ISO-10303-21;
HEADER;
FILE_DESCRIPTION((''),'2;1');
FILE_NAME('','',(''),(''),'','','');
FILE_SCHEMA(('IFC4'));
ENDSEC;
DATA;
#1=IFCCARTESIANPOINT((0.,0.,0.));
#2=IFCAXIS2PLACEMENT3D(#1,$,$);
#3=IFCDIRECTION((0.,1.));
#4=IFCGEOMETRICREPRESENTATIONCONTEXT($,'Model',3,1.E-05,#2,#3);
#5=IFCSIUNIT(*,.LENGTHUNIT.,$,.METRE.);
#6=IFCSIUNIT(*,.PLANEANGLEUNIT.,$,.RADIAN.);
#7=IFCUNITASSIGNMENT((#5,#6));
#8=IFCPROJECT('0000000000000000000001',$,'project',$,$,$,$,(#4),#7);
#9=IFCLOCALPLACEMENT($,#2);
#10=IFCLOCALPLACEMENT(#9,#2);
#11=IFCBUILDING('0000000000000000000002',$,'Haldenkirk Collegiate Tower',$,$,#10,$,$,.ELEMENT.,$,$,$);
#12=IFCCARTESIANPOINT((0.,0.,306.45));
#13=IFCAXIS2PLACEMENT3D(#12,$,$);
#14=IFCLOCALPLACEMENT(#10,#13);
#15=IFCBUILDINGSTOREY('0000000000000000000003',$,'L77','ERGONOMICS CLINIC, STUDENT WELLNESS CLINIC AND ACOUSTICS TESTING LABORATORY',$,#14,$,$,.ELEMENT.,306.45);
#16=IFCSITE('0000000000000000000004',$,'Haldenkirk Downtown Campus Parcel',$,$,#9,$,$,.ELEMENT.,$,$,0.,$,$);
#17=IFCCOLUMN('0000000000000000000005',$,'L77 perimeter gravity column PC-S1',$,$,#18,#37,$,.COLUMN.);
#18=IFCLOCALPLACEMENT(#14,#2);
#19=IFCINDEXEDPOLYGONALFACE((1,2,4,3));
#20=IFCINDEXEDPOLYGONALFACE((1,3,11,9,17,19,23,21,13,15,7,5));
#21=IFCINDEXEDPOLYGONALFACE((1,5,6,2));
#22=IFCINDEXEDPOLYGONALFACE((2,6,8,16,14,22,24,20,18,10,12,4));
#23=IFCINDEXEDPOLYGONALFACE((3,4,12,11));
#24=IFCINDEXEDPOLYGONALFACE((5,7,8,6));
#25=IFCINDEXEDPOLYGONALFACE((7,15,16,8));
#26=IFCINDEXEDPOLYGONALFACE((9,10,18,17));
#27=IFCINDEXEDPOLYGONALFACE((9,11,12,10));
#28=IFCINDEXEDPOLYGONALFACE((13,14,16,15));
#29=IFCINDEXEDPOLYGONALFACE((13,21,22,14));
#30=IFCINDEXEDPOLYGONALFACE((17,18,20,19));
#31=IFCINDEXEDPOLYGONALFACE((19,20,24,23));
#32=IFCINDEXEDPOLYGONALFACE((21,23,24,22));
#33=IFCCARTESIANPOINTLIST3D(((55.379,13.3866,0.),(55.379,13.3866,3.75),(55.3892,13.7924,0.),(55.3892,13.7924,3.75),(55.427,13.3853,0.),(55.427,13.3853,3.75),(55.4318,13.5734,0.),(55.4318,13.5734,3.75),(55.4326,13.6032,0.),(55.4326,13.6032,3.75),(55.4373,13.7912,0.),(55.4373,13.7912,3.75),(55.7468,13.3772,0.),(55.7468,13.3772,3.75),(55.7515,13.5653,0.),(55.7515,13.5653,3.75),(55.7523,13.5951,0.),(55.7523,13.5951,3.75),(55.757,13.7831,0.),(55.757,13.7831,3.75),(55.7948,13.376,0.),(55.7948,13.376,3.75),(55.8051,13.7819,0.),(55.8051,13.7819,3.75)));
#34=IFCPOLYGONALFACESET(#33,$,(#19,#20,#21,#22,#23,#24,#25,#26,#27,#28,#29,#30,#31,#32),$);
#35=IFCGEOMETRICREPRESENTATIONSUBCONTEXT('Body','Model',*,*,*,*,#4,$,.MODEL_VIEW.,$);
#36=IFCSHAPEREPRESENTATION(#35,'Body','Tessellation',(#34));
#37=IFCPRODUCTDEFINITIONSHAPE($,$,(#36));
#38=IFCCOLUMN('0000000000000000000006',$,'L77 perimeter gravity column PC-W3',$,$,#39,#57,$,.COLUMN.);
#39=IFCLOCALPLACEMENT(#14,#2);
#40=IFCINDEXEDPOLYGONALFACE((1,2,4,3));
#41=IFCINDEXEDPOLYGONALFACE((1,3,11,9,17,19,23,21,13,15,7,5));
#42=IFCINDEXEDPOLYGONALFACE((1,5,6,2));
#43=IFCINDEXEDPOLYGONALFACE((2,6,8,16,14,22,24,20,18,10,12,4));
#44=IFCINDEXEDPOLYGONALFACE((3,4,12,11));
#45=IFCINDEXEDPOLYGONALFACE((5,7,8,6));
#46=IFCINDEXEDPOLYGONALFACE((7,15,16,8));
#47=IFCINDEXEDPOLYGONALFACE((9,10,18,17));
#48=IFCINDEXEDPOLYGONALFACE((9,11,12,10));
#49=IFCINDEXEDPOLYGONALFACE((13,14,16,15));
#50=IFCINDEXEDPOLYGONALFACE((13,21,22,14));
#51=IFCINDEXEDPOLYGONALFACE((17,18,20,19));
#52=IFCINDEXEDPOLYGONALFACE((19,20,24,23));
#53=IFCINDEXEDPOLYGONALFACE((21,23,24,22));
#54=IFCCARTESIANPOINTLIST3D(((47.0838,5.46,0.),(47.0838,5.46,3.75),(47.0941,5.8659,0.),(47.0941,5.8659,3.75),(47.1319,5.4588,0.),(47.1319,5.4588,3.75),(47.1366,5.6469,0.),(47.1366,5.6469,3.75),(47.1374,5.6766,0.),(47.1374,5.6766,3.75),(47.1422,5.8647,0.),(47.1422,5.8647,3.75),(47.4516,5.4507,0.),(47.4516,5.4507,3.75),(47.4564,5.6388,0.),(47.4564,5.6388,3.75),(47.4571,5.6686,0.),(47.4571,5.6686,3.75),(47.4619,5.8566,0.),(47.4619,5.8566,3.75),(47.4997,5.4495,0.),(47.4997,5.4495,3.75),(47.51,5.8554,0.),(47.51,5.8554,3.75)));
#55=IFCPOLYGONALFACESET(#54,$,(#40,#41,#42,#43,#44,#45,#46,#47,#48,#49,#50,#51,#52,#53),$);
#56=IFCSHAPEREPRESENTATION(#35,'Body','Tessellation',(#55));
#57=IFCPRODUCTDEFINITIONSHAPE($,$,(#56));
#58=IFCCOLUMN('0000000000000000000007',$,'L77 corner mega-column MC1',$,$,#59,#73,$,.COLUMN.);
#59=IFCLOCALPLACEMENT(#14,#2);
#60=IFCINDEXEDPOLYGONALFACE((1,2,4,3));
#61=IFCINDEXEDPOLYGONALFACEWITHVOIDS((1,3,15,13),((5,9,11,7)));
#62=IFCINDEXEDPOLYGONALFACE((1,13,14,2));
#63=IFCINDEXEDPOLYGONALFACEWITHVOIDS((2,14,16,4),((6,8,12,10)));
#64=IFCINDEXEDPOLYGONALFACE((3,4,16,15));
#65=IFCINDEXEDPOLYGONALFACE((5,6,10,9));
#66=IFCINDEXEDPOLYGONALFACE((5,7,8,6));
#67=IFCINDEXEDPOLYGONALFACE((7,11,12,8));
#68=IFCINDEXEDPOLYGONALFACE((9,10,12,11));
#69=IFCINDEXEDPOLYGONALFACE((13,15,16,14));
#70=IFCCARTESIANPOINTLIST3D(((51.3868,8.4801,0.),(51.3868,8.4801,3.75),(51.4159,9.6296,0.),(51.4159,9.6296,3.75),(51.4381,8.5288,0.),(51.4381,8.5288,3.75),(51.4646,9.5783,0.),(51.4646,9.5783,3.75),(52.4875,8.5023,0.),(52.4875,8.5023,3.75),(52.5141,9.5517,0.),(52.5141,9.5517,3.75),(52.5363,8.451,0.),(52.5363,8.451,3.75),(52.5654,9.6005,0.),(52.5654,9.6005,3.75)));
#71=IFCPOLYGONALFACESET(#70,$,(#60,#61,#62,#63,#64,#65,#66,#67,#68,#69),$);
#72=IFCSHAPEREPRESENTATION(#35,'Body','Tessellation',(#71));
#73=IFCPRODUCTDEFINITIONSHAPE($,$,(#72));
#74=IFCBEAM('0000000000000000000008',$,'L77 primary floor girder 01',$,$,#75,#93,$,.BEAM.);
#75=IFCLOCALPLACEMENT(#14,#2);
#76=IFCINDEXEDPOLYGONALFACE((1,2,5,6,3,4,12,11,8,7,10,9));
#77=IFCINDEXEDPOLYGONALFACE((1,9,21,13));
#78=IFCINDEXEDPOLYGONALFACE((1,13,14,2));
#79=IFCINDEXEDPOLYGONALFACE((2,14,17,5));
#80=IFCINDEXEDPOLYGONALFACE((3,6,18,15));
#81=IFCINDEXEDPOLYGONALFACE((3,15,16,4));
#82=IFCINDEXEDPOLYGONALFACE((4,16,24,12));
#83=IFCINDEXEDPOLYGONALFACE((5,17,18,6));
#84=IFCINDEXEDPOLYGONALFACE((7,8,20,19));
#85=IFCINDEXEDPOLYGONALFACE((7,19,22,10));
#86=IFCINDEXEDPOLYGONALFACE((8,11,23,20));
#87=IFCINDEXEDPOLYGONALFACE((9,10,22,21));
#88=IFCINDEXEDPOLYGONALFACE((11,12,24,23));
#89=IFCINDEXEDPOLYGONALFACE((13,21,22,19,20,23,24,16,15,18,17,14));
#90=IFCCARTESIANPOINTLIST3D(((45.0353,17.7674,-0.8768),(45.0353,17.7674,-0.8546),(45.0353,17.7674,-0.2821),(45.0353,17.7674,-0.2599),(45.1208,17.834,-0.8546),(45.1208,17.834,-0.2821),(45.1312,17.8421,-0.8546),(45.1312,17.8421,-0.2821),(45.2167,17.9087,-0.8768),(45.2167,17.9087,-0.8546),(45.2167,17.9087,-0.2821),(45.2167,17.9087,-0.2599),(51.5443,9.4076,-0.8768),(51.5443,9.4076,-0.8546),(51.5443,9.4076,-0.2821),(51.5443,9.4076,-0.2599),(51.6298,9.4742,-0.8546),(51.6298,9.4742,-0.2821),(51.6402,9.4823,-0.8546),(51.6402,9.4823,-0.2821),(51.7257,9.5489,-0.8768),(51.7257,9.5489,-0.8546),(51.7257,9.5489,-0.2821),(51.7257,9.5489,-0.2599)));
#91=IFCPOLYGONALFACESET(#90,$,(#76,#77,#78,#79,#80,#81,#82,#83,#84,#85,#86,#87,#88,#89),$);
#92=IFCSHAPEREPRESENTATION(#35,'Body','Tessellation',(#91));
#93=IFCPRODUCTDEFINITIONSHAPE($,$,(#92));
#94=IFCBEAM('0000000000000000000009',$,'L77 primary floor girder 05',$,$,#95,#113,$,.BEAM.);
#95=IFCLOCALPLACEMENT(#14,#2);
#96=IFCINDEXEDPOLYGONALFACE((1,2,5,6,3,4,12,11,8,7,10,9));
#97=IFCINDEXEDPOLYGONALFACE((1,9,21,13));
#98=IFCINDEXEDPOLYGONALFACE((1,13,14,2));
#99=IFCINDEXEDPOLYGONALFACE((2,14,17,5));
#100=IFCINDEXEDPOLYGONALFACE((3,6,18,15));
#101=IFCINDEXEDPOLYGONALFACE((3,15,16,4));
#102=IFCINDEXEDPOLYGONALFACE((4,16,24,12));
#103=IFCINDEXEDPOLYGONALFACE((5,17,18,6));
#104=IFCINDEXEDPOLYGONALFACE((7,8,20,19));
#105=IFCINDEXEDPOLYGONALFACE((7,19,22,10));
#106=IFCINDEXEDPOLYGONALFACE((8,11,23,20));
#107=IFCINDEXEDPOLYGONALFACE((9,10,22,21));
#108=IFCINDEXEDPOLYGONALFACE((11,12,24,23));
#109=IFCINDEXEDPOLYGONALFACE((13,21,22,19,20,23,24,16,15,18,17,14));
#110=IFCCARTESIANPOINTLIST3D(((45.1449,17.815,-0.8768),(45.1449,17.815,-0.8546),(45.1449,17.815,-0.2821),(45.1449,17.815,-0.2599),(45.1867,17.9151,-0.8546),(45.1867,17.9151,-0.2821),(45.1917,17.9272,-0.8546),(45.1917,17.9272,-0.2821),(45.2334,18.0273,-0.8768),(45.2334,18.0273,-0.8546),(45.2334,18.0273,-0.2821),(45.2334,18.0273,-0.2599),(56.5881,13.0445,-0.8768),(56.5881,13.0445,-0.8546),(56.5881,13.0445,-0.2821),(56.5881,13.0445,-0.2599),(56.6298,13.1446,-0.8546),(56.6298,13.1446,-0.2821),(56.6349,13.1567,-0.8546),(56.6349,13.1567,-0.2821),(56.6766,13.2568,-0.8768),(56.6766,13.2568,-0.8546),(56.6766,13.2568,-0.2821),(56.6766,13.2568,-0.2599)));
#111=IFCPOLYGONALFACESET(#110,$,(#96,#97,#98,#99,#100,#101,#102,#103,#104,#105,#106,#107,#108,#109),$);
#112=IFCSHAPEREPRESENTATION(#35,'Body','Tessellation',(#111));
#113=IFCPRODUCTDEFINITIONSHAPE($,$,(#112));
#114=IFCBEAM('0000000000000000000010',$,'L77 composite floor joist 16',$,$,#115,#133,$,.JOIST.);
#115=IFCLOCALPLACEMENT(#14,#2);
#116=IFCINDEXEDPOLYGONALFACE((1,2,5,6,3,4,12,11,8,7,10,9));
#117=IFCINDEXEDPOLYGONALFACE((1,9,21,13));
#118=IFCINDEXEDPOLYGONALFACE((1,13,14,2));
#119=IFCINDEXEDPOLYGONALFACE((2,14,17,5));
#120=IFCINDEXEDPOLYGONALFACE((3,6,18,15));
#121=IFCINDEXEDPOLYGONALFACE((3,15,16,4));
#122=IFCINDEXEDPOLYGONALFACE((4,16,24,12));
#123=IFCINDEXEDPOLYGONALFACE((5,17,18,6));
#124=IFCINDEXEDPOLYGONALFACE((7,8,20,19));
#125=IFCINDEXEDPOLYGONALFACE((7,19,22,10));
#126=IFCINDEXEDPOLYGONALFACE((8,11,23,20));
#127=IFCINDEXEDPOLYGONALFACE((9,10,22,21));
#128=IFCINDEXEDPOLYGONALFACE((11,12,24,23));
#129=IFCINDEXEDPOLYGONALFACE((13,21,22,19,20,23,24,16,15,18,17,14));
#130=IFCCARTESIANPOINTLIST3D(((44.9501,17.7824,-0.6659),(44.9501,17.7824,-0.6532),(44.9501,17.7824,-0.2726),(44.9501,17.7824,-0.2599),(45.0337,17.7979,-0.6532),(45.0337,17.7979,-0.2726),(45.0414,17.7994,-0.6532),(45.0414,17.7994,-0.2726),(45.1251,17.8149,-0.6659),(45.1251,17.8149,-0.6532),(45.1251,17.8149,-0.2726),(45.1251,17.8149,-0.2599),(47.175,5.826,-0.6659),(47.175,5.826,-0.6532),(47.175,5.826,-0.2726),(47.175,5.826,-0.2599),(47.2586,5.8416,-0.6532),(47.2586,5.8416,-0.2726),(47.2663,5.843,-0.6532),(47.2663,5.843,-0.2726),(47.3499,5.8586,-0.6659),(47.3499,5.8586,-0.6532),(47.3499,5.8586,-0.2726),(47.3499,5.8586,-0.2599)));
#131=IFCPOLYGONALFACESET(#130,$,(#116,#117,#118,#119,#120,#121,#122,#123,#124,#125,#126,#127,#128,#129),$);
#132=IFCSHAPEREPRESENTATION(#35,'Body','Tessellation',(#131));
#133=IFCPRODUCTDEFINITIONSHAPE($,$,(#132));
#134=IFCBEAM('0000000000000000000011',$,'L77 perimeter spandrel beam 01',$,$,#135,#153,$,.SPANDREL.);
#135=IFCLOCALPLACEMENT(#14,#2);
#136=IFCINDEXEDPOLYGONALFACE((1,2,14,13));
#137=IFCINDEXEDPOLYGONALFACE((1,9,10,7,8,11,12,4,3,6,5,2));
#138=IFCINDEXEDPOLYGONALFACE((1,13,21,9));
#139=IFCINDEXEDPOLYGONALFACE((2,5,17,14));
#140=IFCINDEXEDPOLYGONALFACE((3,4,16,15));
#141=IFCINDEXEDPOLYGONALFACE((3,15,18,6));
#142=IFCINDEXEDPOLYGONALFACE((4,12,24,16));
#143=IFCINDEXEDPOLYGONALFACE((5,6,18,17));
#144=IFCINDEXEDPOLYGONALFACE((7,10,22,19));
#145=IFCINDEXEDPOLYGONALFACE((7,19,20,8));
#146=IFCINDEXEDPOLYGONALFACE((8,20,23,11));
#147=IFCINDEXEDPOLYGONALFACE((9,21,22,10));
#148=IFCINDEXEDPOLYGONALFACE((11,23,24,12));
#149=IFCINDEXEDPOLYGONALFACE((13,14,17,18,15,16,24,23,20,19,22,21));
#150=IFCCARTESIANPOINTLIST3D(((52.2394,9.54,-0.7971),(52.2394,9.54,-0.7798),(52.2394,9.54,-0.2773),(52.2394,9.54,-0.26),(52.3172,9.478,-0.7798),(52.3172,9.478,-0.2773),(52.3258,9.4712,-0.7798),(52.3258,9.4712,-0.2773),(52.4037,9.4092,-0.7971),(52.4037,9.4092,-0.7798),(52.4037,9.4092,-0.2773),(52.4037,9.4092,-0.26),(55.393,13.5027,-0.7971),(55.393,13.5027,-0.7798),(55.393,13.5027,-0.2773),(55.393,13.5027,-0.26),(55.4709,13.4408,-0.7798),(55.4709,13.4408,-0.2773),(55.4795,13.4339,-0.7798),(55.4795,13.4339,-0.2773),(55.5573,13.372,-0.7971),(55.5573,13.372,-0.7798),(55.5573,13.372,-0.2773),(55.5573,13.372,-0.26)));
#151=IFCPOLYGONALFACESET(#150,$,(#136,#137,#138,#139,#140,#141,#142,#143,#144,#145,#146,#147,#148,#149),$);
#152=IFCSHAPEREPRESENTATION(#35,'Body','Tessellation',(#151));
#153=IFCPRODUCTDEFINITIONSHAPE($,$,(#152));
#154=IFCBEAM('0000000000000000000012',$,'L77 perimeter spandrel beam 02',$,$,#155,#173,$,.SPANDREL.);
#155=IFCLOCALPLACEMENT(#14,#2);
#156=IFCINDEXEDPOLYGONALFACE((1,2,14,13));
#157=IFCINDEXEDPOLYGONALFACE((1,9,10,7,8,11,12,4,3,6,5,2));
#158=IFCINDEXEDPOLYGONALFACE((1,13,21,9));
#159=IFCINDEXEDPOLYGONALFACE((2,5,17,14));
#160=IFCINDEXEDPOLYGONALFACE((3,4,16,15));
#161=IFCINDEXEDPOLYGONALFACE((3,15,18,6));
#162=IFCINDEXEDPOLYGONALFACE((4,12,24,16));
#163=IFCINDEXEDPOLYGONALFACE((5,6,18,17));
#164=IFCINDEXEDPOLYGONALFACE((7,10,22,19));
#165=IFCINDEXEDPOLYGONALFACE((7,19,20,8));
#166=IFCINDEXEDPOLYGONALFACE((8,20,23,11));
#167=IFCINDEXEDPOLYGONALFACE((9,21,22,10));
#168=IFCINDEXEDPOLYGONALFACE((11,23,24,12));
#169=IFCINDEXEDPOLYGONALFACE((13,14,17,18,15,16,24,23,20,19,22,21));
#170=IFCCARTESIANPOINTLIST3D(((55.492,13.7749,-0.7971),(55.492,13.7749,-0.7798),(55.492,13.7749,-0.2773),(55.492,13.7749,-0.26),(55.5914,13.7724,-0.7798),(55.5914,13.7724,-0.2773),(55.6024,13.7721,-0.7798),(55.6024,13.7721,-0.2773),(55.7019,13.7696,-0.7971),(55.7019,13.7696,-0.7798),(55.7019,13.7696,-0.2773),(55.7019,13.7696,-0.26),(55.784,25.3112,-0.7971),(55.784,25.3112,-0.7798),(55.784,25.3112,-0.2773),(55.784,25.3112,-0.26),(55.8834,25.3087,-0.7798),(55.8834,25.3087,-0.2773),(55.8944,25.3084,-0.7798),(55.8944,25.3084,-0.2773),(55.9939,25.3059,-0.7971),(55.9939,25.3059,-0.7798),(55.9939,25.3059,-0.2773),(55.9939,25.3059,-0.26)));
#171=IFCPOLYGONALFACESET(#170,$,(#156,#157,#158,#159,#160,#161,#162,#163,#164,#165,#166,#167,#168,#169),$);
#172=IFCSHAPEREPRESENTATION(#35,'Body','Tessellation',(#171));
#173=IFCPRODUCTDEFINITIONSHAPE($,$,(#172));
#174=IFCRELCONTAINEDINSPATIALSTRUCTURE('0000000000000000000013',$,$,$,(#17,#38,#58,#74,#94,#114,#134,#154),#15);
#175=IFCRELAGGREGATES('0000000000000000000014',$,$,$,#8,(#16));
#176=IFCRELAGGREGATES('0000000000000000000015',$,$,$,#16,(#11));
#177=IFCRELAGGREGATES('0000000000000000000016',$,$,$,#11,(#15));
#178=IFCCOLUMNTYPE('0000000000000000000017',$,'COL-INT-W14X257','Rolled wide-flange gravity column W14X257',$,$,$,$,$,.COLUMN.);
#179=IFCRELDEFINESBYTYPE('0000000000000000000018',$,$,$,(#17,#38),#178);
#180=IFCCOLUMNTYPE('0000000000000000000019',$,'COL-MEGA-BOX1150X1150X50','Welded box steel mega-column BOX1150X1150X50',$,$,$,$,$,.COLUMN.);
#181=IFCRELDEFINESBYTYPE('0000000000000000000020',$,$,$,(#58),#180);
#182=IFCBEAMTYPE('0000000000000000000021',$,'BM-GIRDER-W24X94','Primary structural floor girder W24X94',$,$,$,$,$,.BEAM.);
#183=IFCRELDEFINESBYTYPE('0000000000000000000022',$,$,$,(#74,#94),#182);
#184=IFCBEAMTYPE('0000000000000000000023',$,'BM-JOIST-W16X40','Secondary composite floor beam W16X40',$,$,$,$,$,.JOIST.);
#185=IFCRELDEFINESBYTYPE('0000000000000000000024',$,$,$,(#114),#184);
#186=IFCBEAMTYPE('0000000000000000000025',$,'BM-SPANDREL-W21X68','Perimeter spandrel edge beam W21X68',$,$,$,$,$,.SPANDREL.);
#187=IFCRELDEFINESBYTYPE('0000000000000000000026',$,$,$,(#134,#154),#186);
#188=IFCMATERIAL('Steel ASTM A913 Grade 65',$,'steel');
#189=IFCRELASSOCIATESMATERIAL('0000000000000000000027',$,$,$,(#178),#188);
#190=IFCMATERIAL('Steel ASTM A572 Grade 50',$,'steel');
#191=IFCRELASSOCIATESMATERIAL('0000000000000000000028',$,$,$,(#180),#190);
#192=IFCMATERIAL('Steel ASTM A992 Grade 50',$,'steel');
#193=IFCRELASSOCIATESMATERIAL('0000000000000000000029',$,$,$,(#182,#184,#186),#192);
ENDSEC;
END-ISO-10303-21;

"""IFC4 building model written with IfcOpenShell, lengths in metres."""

from ifc_helpers import new_model, si_unit, direction, frame, origin, origin_2d, place, context, subcontext, project, spatial, hollow_rectangle, i_section, extrude, material, material_profile, profile_set, type_object, element, save


model = new_model("IFC4")

# Units and contexts
model_context = context("Model", 3, precision=1e-05, world=origin(), true_north=direction((0.0, 1.0)))
body_context = subcontext(model_context, "Body", "Model", "MODEL_VIEW")
ifc_project = project(units=[si_unit("LENGTHUNIT", "METRE"), si_unit("PLANEANGLEUNIT", "RADIAN")], contexts=[model_context])

# Site, building, storey
site_placement = place(None, origin())
site = spatial("IfcSite", under=ifc_project, at=site_placement, Name="Haldenkirk Downtown Campus Parcel", CompositionType="ELEMENT", RefElevation=0.0)
building_placement = place(site_placement, origin())
building = spatial("IfcBuilding", under=site, at=building_placement, Name="Haldenkirk Collegiate Tower", CompositionType="ELEMENT")
storey_placement = place(building_placement, frame((0.0, 0.0, 306.45)))
storey = spatial("IfcBuildingStorey", under=building, at=storey_placement, Name="L77", Description="ERGONOMICS CLINIC, STUDENT WELLNESS CLINIC AND ACOUSTICS TESTING LABORATORY", CompositionType="ELEMENT", Elevation=306.45)

# Columns
ifc_material_1 = material(Name="Steel ASTM A913 Grade 65", Category="steel")
ifc_material_profile_1 = material_profile(ifc_material_1, i_section(OverallWidth=0.406, OverallDepth=0.416, WebThickness=0.0298, FlangeThickness=0.0481, at=origin_2d()), Name="W14X257")
ifc_profile_set_1 = profile_set([ifc_material_profile_1], Name="Steel ASTM A913 Grade 65")
column_type_1 = type_object("IfcColumnType", Name="COL-INT-W14X257", Description="Rolled wide-flange gravity column W14X257", PredefinedType="COLUMN", material=ifc_profile_set_1)
for number, where, z_axis, x_axis, name in (
    (1, (55.592, 13.5842, 0.0), (0.0, 0.0, 1.0), (0.025305, 0.99968, 0.0), "L77 perimeter gravity column PC-S1"),
    (2, (47.2969, 5.6577, 0.0), (0.0, 0.0, 1.0), (0.025305, 0.99968, 0.0), "L77 perimeter gravity column PC-W3"),
):
    element("IfcColumn", number, at=place(storey_placement, frame(where, z_axis=z_axis, x_axis=x_axis)), inside=storey, type_object=column_type_1, Name=name, PredefinedType="COLUMN", context=body_context, shape_type="SweptSolid", body=[
        extrude(i_section(OverallWidth=0.406, OverallDepth=0.416, WebThickness=0.0298, FlangeThickness=0.0481, at=origin_2d()), origin(), (0.0, 0.0, 1.0), 3.75),
    ])
ifc_material_2 = material(Name="Steel ASTM A572 Grade 50", Category="steel")
ifc_material_profile_2 = material_profile(ifc_material_2, hollow_rectangle(XDim=1.1499, YDim=1.1499, WallThickness=0.05, at=origin_2d()), Name="BOX1150X1150X50")
ifc_profile_set_2 = profile_set([ifc_material_profile_2], Name="Steel ASTM A572 Grade 50")
column_type_2 = type_object("IfcColumnType", Name="COL-MEGA-BOX1150X1150X50", Description="Welded box steel mega-column BOX1150X1150X50", PredefinedType="COLUMN", material=ifc_profile_set_2)
column_placement = place(storey_placement, frame((51.9761, 9.0403, 0.0), z_axis=(0.0, 0.0, 1.0), x_axis=(0.025305, 0.99968, 0.0)))
element("IfcColumn", 3, at=column_placement, inside=storey, type_object=column_type_2, Name="L77 corner mega-column MC1", PredefinedType="COLUMN", context=body_context, shape_type="SweptSolid", body=[
    extrude(hollow_rectangle(XDim=1.1499, YDim=1.1499, WallThickness=0.05, at=origin_2d()), origin(), (0.0, 0.0, 1.0), 3.75),
])

# Beams
ifc_material_3 = material(Name="Steel ASTM A992 Grade 50", Category="steel")
ifc_material_profile_3 = material_profile(ifc_material_3, i_section(OverallWidth=0.23, OverallDepth=0.6169, WebThickness=0.0132, FlangeThickness=0.0222, at=origin_2d()), Name="W24X94")
ifc_profile_set_3 = profile_set([ifc_material_profile_3], Name="Steel ASTM A992 Grade 50")
beam_type_1 = type_object("IfcBeamType", Name="BM-GIRDER-W24X94", Description="Primary structural floor girder W24X94", PredefinedType="BEAM", material=ifc_profile_set_3)
beam_1_placement = place(storey_placement, frame((51.635, 9.4783, -0.5684), z_axis=(-0.614347, 0.789036, 0.0), x_axis=(-0.789036, -0.614347, 0.0)))
element("IfcBeam", 4, at=beam_1_placement, inside=storey, type_object=beam_type_1, Name="L77 primary floor girder 01", PredefinedType="BEAM", context=body_context, shape_type="SweptSolid", body=[
    extrude(i_section(OverallWidth=0.23, OverallDepth=0.6169, WebThickness=0.0132, FlangeThickness=0.0222, at=origin_2d()), origin(), (0.0, 0.0, 1.0), 10.595),
])
beam_2_placement = place(storey_placement, frame((56.6323, 13.1506, -0.5684), z_axis=(-0.923004, 0.38479, 0.0), x_axis=(-0.38479, -0.923004, 0.0)))
element("IfcBeam", 5, at=beam_2_placement, inside=storey, type_object=beam_type_1, Name="L77 primary floor girder 05", PredefinedType="BEAM", context=body_context, shape_type="SweptSolid", body=[
    extrude(i_section(OverallWidth=0.23, OverallDepth=0.6169, WebThickness=0.0132, FlangeThickness=0.0222, at=origin_2d()), origin(), (0.0, 0.0, 1.0), 12.3977),
])
ifc_material_profile_4 = material_profile(ifc_material_3, i_section(OverallWidth=0.178, OverallDepth=0.406, WebThickness=0.0078, FlangeThickness=0.0127, at=origin_2d()), Name="W16X40")
ifc_profile_set_4 = profile_set([ifc_material_profile_4], Name="Steel ASTM A992 Grade 50")
beam_type_2 = type_object("IfcBeamType", Name="BM-JOIST-W16X40", Description="Secondary composite floor beam W16X40", PredefinedType="JOIST", material=ifc_profile_set_4)
beam_3_placement = place(storey_placement, frame((47.2625, 5.8423, -0.4629), z_axis=(-0.182942, 0.983124, 0.0), x_axis=(-0.983124, -0.182942, 0.0)))
element("IfcBeam", 6, at=beam_3_placement, inside=storey, type_object=beam_type_2, Name="L77 composite floor joist 16", PredefinedType="JOIST", context=body_context, shape_type="SweptSolid", body=[
    extrude(i_section(OverallWidth=0.178, OverallDepth=0.406, WebThickness=0.0078, FlangeThickness=0.0127, at=origin_2d()), origin(), (0.0, 0.0, 1.0), 12.1616),
])
ifc_material_profile_5 = material_profile(ifc_material_3, i_section(OverallWidth=0.21, OverallDepth=0.5371, WebThickness=0.011, FlangeThickness=0.0173, at=origin_2d()), Name="W21X68")
ifc_profile_set_5 = profile_set([ifc_material_profile_5], Name="Steel ASTM A992 Grade 50")
beam_type_3 = type_object("IfcBeamType", Name="BM-SPANDREL-W21X68", Description="Perimeter spandrel edge beam W21X68", PredefinedType="SPANDREL", material=ifc_profile_set_5)
beam_4_placement = place(storey_placement, frame((52.3215, 9.4746, -0.5286), z_axis=(0.6227, 0.782461, 0.0), x_axis=(-0.782461, 0.6227, 0.0)))
element("IfcBeam", 7, at=beam_4_placement, inside=storey, type_object=beam_type_3, Name="L77 perimeter spandrel beam 01", PredefinedType="SPANDREL", context=body_context, shape_type="SweptSolid", body=[
    extrude(i_section(OverallWidth=0.21, OverallDepth=0.5371, WebThickness=0.011, FlangeThickness=0.0173, at=origin_2d()), origin(), (0.0, 0.0, 1.0), 5.0645),
])
beam_5_placement = place(storey_placement, frame((55.5969, 13.7722, -0.5286), z_axis=(0.025302, 0.99968, 0.0), x_axis=(-0.99968, 0.025302, 0.0)))
element("IfcBeam", 8, at=beam_5_placement, inside=storey, type_object=beam_type_3, Name="L77 perimeter spandrel beam 02", PredefinedType="SPANDREL", context=body_context, shape_type="SweptSolid", body=[
    extrude(i_section(OverallWidth=0.21, OverallDepth=0.5371, WebThickness=0.011, FlangeThickness=0.0173, at=origin_2d()), origin(), (0.0, 0.0, 1.0), 11.54),
])

save(model, "model.ifc")
